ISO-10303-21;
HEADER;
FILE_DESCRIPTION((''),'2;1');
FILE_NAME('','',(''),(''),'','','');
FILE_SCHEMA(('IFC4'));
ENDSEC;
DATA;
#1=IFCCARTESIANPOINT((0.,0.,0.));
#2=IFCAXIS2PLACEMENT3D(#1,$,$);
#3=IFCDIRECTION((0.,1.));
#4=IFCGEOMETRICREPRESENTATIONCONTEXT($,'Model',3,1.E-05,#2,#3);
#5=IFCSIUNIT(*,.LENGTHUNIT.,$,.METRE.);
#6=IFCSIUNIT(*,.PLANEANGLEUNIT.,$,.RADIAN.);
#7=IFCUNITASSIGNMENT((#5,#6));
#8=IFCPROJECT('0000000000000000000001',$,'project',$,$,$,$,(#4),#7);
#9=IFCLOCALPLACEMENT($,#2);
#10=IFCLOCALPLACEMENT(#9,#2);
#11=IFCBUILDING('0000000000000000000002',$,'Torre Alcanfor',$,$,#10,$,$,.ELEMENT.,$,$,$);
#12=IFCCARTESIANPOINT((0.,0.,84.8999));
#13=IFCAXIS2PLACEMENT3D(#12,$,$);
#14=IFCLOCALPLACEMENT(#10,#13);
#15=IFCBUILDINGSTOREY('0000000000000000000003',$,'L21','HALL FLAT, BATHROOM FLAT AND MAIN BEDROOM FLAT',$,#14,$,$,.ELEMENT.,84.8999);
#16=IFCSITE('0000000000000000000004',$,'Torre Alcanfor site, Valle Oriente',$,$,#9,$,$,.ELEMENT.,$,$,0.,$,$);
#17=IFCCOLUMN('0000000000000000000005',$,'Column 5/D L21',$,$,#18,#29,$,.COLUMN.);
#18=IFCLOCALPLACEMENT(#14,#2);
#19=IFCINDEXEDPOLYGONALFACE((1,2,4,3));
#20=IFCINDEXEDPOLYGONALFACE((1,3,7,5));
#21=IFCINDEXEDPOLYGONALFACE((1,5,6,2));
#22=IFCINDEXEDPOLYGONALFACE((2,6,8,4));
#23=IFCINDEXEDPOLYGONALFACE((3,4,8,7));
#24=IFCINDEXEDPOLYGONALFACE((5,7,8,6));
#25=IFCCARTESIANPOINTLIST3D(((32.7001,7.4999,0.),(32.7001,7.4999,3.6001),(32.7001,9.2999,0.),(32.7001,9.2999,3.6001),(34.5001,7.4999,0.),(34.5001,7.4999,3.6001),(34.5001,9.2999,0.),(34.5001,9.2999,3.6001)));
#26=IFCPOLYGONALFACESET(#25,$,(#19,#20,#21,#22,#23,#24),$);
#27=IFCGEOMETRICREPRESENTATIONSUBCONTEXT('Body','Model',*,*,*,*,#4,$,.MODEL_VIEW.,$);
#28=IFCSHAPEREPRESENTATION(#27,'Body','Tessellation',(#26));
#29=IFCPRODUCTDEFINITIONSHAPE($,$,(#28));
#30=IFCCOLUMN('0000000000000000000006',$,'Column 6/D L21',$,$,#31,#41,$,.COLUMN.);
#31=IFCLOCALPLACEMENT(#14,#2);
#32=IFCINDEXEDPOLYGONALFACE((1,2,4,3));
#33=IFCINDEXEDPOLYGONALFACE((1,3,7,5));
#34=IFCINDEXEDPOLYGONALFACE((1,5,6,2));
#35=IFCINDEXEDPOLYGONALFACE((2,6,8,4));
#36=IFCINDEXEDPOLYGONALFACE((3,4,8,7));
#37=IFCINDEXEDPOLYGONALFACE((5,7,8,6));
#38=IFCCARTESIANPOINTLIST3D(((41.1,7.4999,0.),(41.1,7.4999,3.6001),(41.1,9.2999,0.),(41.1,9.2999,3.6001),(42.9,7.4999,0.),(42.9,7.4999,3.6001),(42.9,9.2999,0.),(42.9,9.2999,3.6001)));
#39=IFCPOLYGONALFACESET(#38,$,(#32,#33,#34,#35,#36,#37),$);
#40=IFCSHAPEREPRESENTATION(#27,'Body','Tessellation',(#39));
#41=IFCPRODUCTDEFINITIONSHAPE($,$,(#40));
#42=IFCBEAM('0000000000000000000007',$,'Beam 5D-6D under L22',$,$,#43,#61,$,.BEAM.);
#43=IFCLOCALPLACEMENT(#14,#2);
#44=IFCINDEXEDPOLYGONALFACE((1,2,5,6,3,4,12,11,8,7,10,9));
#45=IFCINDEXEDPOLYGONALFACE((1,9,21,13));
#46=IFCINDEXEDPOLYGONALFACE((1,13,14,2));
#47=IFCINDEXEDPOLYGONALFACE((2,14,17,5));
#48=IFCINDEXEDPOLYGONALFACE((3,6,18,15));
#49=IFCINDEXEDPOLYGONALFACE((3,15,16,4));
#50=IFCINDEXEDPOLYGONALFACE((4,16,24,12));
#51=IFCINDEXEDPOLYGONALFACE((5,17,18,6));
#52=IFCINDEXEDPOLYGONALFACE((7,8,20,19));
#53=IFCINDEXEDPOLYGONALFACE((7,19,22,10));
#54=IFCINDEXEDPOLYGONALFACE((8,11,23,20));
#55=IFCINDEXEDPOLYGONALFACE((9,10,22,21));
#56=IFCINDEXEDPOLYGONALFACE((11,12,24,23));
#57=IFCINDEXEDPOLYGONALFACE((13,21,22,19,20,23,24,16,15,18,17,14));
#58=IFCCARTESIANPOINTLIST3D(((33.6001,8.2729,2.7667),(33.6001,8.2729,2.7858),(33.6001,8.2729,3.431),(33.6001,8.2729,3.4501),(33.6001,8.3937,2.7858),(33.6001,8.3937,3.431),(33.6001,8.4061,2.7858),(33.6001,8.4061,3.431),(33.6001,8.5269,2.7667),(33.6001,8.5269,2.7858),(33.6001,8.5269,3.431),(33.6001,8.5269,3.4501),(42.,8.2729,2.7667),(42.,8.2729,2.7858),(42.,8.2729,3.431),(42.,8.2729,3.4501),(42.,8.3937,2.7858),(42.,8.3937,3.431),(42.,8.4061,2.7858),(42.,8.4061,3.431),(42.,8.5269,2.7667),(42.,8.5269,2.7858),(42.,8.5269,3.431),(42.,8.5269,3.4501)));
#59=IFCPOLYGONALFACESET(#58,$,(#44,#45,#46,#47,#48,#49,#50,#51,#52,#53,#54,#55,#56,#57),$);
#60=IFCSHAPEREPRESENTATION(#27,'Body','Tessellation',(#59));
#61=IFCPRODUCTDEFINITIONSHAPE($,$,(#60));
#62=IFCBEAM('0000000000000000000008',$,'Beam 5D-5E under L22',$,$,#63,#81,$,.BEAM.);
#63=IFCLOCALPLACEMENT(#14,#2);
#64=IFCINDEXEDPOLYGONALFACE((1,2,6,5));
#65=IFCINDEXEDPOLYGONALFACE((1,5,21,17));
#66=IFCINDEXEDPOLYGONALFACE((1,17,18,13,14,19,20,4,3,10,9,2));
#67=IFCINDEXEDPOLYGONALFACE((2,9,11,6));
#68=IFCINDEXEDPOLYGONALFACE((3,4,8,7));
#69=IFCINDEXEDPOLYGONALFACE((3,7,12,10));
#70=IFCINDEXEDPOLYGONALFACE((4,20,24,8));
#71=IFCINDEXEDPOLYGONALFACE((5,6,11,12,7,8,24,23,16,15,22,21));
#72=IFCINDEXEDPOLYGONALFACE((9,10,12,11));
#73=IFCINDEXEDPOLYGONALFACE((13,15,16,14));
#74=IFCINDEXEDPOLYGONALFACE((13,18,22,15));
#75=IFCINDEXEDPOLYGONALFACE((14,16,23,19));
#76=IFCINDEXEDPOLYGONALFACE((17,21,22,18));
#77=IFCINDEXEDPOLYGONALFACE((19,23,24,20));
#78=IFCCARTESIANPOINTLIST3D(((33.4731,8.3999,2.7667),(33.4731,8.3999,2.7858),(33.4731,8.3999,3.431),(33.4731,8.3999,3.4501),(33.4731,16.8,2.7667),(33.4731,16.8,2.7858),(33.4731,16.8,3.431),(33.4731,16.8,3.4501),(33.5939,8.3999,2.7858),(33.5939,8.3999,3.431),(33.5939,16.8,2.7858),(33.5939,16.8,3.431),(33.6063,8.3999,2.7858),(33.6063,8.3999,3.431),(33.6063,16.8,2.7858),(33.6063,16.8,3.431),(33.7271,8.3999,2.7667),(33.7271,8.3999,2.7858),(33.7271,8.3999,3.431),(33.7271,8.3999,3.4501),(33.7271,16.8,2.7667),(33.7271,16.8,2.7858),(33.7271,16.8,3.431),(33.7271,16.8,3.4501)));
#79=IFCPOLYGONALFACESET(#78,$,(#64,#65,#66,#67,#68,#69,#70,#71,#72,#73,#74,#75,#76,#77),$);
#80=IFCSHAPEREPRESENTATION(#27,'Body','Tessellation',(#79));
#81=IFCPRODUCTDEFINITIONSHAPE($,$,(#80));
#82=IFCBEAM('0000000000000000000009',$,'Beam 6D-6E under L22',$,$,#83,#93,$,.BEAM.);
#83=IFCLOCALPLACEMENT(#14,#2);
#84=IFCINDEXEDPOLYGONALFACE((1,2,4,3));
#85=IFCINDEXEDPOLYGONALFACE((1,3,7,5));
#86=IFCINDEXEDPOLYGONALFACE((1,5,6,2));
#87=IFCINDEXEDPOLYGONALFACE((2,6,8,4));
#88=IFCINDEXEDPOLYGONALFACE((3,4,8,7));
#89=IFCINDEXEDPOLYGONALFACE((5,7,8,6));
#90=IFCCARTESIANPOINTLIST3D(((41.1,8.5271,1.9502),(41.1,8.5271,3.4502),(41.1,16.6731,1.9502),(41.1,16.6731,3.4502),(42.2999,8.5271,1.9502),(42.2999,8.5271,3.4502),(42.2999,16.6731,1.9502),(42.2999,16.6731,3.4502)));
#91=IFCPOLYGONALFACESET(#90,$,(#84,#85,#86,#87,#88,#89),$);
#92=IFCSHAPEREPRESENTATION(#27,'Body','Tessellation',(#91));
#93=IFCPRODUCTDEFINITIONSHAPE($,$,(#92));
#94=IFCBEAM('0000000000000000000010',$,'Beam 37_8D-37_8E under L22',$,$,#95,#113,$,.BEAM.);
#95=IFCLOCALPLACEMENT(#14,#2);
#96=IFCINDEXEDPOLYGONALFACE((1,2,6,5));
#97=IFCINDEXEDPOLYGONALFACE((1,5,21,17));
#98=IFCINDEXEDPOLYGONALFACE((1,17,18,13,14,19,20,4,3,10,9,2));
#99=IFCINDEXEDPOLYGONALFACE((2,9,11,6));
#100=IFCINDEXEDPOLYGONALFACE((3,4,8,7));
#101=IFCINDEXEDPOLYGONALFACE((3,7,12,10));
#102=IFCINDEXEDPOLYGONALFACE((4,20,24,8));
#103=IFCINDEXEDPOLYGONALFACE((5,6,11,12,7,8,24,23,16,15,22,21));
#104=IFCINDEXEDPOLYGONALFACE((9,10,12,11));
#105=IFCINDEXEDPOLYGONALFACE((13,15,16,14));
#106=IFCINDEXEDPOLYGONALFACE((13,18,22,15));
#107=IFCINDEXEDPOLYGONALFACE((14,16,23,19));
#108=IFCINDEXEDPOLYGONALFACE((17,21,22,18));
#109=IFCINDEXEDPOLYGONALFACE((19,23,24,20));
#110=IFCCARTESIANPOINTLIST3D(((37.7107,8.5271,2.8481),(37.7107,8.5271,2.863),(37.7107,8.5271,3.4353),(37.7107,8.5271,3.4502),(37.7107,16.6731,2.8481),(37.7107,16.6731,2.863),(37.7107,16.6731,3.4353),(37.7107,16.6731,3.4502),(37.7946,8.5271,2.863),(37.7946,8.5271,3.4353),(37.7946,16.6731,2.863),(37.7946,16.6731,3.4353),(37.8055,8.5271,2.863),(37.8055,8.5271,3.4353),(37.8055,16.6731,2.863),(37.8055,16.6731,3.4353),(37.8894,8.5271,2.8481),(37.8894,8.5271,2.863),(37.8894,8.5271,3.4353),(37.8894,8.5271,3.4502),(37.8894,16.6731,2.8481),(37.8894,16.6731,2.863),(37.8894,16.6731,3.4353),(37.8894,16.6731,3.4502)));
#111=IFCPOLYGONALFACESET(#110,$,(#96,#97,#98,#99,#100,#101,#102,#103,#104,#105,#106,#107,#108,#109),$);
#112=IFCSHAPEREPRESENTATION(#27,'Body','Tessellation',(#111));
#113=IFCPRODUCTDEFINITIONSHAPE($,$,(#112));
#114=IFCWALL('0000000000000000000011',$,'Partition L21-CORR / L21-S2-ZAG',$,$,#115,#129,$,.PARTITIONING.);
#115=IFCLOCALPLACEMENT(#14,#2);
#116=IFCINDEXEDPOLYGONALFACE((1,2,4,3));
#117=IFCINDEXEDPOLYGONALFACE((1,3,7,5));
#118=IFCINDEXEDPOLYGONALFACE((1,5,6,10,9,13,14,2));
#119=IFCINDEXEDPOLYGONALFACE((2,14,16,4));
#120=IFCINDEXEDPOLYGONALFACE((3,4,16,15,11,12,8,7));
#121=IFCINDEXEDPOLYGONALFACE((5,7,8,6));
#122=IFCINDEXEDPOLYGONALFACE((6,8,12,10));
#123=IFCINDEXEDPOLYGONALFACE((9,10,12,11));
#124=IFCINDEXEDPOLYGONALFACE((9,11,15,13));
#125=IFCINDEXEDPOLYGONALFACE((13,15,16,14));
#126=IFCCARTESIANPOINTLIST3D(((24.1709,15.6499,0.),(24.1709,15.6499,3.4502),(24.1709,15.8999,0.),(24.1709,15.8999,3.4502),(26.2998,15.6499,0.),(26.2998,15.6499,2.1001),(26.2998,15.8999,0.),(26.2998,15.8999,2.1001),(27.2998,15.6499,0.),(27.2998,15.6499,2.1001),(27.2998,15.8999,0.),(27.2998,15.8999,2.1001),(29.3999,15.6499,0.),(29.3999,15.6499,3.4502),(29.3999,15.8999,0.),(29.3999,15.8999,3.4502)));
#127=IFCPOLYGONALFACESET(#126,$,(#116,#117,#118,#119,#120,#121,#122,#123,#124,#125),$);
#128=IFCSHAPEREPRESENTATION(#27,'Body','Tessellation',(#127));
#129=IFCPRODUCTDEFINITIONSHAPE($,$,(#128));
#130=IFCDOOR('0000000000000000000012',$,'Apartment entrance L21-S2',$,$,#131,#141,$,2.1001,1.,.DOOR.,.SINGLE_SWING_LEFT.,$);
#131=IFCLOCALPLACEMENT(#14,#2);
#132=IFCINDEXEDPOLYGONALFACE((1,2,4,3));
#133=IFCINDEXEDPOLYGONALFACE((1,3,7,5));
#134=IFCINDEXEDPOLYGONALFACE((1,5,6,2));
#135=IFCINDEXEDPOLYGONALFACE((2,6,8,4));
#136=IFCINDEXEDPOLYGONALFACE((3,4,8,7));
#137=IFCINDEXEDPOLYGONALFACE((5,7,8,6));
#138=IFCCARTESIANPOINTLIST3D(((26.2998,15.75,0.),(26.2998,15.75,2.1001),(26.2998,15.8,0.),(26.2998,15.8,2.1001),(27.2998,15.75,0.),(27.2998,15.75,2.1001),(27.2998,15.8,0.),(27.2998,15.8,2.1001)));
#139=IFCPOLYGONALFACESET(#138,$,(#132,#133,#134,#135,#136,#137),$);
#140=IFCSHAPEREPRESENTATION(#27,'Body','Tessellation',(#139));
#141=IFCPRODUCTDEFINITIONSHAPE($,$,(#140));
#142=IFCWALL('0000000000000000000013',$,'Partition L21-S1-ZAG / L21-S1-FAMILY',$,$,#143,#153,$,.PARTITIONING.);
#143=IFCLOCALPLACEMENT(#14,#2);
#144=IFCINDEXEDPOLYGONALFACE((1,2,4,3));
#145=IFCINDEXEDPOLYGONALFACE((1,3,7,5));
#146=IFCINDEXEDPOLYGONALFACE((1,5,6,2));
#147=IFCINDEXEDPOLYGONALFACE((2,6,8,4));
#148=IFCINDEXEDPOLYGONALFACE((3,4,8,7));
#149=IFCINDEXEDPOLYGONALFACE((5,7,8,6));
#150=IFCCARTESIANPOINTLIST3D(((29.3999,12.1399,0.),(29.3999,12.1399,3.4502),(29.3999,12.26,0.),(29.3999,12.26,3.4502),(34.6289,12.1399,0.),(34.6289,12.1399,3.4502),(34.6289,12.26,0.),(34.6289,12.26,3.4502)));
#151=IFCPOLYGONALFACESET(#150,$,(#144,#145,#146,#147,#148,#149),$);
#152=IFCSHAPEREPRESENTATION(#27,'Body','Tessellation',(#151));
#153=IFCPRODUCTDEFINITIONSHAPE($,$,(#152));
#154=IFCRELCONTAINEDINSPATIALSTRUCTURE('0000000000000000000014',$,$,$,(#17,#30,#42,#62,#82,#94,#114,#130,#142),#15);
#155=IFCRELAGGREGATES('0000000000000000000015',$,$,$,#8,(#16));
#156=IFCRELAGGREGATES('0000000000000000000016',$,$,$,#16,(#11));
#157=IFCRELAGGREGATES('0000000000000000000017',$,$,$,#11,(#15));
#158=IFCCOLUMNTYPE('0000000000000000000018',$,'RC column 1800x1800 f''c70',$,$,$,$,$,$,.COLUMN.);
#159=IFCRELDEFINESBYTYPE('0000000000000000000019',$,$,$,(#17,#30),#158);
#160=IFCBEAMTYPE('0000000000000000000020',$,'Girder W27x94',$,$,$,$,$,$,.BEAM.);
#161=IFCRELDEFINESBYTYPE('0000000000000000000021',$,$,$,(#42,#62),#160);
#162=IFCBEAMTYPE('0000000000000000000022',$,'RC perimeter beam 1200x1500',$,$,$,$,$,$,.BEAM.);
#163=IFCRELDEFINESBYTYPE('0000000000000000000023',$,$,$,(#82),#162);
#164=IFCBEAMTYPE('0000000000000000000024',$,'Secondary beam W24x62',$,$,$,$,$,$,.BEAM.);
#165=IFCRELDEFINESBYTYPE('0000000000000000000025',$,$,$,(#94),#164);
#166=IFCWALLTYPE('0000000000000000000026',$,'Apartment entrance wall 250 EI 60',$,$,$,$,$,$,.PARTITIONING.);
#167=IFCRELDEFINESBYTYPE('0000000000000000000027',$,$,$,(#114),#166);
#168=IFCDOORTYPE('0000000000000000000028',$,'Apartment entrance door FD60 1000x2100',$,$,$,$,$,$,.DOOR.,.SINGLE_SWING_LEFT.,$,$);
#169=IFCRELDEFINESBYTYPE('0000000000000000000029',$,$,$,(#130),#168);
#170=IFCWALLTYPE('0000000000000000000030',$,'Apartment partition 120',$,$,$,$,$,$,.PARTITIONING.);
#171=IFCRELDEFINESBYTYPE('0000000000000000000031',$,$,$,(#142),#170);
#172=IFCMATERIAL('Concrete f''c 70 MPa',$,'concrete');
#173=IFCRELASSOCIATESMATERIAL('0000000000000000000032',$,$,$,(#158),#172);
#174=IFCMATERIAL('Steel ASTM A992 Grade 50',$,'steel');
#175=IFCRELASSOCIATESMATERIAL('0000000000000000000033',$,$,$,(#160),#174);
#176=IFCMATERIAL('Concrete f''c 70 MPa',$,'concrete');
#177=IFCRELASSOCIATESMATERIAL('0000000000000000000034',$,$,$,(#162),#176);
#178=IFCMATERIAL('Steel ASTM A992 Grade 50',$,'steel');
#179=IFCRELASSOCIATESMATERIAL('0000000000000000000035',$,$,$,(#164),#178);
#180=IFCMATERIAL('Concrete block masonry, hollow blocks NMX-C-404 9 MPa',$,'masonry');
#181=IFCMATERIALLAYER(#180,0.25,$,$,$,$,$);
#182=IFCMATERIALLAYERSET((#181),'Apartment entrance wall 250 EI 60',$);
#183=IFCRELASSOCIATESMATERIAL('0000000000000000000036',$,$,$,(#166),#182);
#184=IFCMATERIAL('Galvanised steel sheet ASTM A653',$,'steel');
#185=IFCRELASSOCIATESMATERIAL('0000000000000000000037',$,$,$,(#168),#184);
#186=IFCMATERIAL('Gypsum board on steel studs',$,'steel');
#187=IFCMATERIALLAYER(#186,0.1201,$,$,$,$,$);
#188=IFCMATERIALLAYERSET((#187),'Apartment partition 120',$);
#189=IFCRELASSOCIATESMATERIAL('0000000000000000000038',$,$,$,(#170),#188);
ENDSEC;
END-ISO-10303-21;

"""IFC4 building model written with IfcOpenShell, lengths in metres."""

from ifc_helpers import new_model, si_unit, direction, frame, frame_2d, origin, origin_2d, place, context, subcontext, project, spatial, rectangle, i_section, extrude, material, layer, layer_set, material_profile, profile_set, type_object, element, fill, save


model = new_model("IFC4")

# Units and contexts
model_context = context("Model", 3, precision=1e-05, world=origin(), true_north=direction((0.0, 1.0)))
body_context = subcontext(model_context, "Body", "Model", "MODEL_VIEW")
ifc_project = project(units=[si_unit("LENGTHUNIT", "METRE"), si_unit("PLANEANGLEUNIT", "RADIAN")], contexts=[model_context])

# Site, building, storey
site_placement = place(None, origin())
site = spatial("IfcSite", under=ifc_project, at=site_placement, Name="Torre Alcanfor site, Valle Oriente", CompositionType="ELEMENT", RefElevation=0.0)
building_placement = place(site_placement, origin())
building = spatial("IfcBuilding", under=site, at=building_placement, Name="Torre Alcanfor", CompositionType="ELEMENT")
storey_placement = place(building_placement, frame((0.0, 0.0, 84.8999)))
storey = spatial("IfcBuildingStorey", under=building, at=storey_placement, Name="L21", Description="HALL FLAT, BATHROOM FLAT AND MAIN BEDROOM FLAT", CompositionType="ELEMENT", Elevation=84.8999)

# Columns
ifc_material_1 = material(Name="Concrete f'c 70 MPa", Category="concrete")
ifc_material_profile_1 = material_profile(ifc_material_1, rectangle(XDim=1.8, YDim=1.8, at=origin_2d()), Name="1800x1800")
ifc_profile_set_1 = profile_set([ifc_material_profile_1], Name="Concrete f'c 70 MPa")
column_type = type_object("IfcColumnType", Name="RC column 1800x1800 f'c70", PredefinedType="COLUMN", material=ifc_profile_set_1)
for number, where, z_axis, x_axis, name in (
    (1, (33.6001, 8.3999, 0.0), (0.0, 0.0, 1.0), (1.0, 0.0, 0.0), "Column 5/D L21"),
    (2, (42.0, 8.3999, 0.0), (0.0, 0.0, 1.0), (1.0, 0.0, 0.0), "Column 6/D L21"),
):
    element("IfcColumn", number, at=place(storey_placement, frame(where, z_axis=z_axis, x_axis=x_axis)), inside=storey, type_object=column_type, Name=name, PredefinedType="COLUMN", context=body_context, shape_type="SweptSolid", body=[
        extrude(rectangle(XDim=1.8, YDim=1.8, at=origin_2d()), origin(), (0.0, 0.0, 1.0), 3.6001),
    ])

# Beams
ifc_material_2 = material(Name="Steel ASTM A992 Grade 50", Category="steel")
ifc_material_profile_2 = material_profile(ifc_material_2, i_section(OverallWidth=0.2539, OverallDepth=0.6833, WebThickness=0.0125, FlangeThickness=0.019, at=origin_2d()), Name="W27x94")
ifc_profile_set_2 = profile_set([ifc_material_profile_2], Name="Steel ASTM A992 Grade 50")
beam_type_1 = type_object("IfcBeamType", Name="Girder W27x94", PredefinedType="BEAM", material=ifc_profile_set_2)
beam_1_placement = place(storey_placement, frame((33.6001, 8.3999, 3.1084), z_axis=(1.0, 0.0, 0.0), x_axis=(0.0, 1.0, 0.0)))
element("IfcBeam", 3, at=beam_1_placement, inside=storey, type_object=beam_type_1, Name="Beam 5D-6D under L22", PredefinedType="BEAM", context=body_context, shape_type="SweptSolid", body=[
    extrude(i_section(OverallWidth=0.2539, OverallDepth=0.6833, WebThickness=0.0125, FlangeThickness=0.019, at=origin_2d()), origin(), (0.0, 0.0, 1.0), 8.3999),
])
beam_2_placement = place(storey_placement, frame((33.6001, 8.3999, 3.1084), z_axis=(0.0, 1.0, 0.0), x_axis=(-1.0, 0.0, 0.0)))
element("IfcBeam", 4, at=beam_2_placement, inside=storey, type_object=beam_type_1, Name="Beam 5D-5E under L22", PredefinedType="BEAM", context=body_context, shape_type="SweptSolid", body=[
    extrude(i_section(OverallWidth=0.2539, OverallDepth=0.6833, WebThickness=0.0125, FlangeThickness=0.019, at=origin_2d()), origin(), (0.0, 0.0, 1.0), 8.4001),
])
ifc_material_3 = material(Name="Concrete f'c 70 MPa", Category="concrete")
ifc_material_profile_3 = material_profile(ifc_material_3, rectangle(XDim=1.2, YDim=1.5, at=origin_2d()), Name="1200x1500")
ifc_profile_set_3 = profile_set([ifc_material_profile_3], Name="Concrete f'c 70 MPa")
beam_type_2 = type_object("IfcBeamType", Name="RC perimeter beam 1200x1500", PredefinedType="BEAM", material=ifc_profile_set_3)
beam_3_placement = place(storey_placement, frame((41.7, 8.5271, 2.7002), z_axis=(0.0, 1.0, 0.0), x_axis=(-1.0, 0.0, 0.0)))
element("IfcBeam", 5, at=beam_3_placement, inside=storey, type_object=beam_type_2, Name="Beam 6D-6E under L22", PredefinedType="BEAM", context=body_context, shape_type="SweptSolid", body=[
    extrude(rectangle(XDim=1.2, YDim=1.5, at=origin_2d()), origin(), (0.0, 0.0, 1.0), 8.146),
])
ifc_material_4 = material(Name="Steel ASTM A992 Grade 50", Category="steel")
ifc_material_profile_4 = material_profile(ifc_material_4, i_section(OverallWidth=0.1787, OverallDepth=0.6021, WebThickness=0.011, FlangeThickness=0.0149, at=origin_2d()), Name="W24x62")
ifc_profile_set_4 = profile_set([ifc_material_profile_4], Name="Steel ASTM A992 Grade 50")
beam_type_3 = type_object("IfcBeamType", Name="Secondary beam W24x62", PredefinedType="BEAM", material=ifc_profile_set_4)
beam_4_placement = place(storey_placement, frame((37.8, 8.5271, 3.1492), z_axis=(0.0, 1.0, 0.0), x_axis=(-1.0, 0.0, 0.0)))
element("IfcBeam", 6, at=beam_4_placement, inside=storey, type_object=beam_type_3, Name="Beam 37_8D-37_8E under L22", PredefinedType="BEAM", context=body_context, shape_type="SweptSolid", body=[
    extrude(i_section(OverallWidth=0.1787, OverallDepth=0.6021, WebThickness=0.011, FlangeThickness=0.0149, at=origin_2d()), origin(), (0.0, 0.0, 1.0), 8.146),
])

# Wall, opening, door
ifc_material_5 = material(Name="Concrete block masonry, hollow blocks NMX-C-404 9 MPa", Category="masonry")
ifc_layer_1 = layer(ifc_material_5, 0.25)
ifc_layer_set_1 = layer_set([ifc_layer_1], Name="Apartment entrance wall 250 EI 60")
wall_type_1 = type_object("IfcWallType", Name="Apartment entrance wall 250 EI 60", PredefinedType="PARTITIONING", material=ifc_layer_set_1)
wall_1_placement = place(storey_placement, frame((29.3999, 15.7749, 0.0), z_axis=(0.0, 0.0, 1.0), x_axis=(-1.0, 0.0, 0.0)))
wall_1 = element("IfcWall", 7, at=wall_1_placement, inside=storey, type_object=wall_type_1, Name="Partition L21-CORR / L21-S2-ZAG", PredefinedType="PARTITIONING", context=body_context, shape_type="SweptSolid", body=[
    extrude(rectangle(XDim=5.229, YDim=0.25, at=frame_2d((2.6145, 0.0))), origin(), (0.0, 0.0, 1.0), 3.4502),
])
opening_1_placement = place(wall_1_placement, frame((2.1001, 0.0, 0.0)))
opening_1 = element("IfcOpeningElement", 8, at=opening_1_placement, cuts=wall_1, PredefinedType="OPENING", context=body_context, shape_type="SweptSolid", body=[
    extrude(rectangle(XDim=1.0, YDim=2.1001, at=frame_2d((0.5, 1.05))), frame((0.0, 0.135, 0.0), z_axis=(0.0, -1.0, 0.0), x_axis=(1.0, 0.0, 0.0)), (0.0, 0.0, 1.0), 0.27),
])
ifc_material_6 = material(Name="Galvanised steel sheet ASTM A653", Category="steel")
door_type_1 = type_object("IfcDoorType", Name="Apartment entrance door FD60 1000x2100", OperationType="SINGLE_SWING_LEFT", PredefinedType="DOOR", material=ifc_material_6)
door_1_placement = place(opening_1_placement, origin())
door_1 = element("IfcDoor", 9, at=door_1_placement, inside=storey, type_object=door_type_1, Name="Apartment entrance L21-S2", OperationType="SINGLE_SWING_LEFT", OverallHeight=2.1001, OverallWidth=1.0, PredefinedType="DOOR", context=body_context, shape_type="SweptSolid", body=[
    extrude(rectangle(XDim=1.0, YDim=2.1001, at=frame_2d((0.5, 1.05))), frame((0.0, 0.0249, 0.0), z_axis=(0.0, -1.0, 0.0), x_axis=(1.0, 0.0, 0.0)), (0.0, 0.0, 1.0), 0.05),
])
fill(opening_1, door_1)

# Wall
ifc_material_7 = material(Name="Gypsum board on steel studs", Category="steel")
ifc_layer_2 = layer(ifc_material_7, 0.1201)
ifc_layer_set_2 = layer_set([ifc_layer_2], Name="Apartment partition 120")
wall_type_2 = type_object("IfcWallType", Name="Apartment partition 120", PredefinedType="PARTITIONING", material=ifc_layer_set_2)
wall_2_placement = place(storey_placement, frame((29.3999, 12.2, 0.0), z_axis=(0.0, 0.0, 1.0), x_axis=(1.0, 0.0, 0.0)))
element("IfcWall", 10, at=wall_2_placement, inside=storey, type_object=wall_type_2, Name="Partition L21-S1-ZAG / L21-S1-FAMILY", PredefinedType="PARTITIONING", context=body_context, shape_type="SweptSolid", body=[
    extrude(rectangle(XDim=5.229, YDim=0.1201, at=frame_2d((2.6145, 0.0))), origin(), (0.0, 0.0, 1.0), 3.4502),
])

save(model, "model.ifc")
